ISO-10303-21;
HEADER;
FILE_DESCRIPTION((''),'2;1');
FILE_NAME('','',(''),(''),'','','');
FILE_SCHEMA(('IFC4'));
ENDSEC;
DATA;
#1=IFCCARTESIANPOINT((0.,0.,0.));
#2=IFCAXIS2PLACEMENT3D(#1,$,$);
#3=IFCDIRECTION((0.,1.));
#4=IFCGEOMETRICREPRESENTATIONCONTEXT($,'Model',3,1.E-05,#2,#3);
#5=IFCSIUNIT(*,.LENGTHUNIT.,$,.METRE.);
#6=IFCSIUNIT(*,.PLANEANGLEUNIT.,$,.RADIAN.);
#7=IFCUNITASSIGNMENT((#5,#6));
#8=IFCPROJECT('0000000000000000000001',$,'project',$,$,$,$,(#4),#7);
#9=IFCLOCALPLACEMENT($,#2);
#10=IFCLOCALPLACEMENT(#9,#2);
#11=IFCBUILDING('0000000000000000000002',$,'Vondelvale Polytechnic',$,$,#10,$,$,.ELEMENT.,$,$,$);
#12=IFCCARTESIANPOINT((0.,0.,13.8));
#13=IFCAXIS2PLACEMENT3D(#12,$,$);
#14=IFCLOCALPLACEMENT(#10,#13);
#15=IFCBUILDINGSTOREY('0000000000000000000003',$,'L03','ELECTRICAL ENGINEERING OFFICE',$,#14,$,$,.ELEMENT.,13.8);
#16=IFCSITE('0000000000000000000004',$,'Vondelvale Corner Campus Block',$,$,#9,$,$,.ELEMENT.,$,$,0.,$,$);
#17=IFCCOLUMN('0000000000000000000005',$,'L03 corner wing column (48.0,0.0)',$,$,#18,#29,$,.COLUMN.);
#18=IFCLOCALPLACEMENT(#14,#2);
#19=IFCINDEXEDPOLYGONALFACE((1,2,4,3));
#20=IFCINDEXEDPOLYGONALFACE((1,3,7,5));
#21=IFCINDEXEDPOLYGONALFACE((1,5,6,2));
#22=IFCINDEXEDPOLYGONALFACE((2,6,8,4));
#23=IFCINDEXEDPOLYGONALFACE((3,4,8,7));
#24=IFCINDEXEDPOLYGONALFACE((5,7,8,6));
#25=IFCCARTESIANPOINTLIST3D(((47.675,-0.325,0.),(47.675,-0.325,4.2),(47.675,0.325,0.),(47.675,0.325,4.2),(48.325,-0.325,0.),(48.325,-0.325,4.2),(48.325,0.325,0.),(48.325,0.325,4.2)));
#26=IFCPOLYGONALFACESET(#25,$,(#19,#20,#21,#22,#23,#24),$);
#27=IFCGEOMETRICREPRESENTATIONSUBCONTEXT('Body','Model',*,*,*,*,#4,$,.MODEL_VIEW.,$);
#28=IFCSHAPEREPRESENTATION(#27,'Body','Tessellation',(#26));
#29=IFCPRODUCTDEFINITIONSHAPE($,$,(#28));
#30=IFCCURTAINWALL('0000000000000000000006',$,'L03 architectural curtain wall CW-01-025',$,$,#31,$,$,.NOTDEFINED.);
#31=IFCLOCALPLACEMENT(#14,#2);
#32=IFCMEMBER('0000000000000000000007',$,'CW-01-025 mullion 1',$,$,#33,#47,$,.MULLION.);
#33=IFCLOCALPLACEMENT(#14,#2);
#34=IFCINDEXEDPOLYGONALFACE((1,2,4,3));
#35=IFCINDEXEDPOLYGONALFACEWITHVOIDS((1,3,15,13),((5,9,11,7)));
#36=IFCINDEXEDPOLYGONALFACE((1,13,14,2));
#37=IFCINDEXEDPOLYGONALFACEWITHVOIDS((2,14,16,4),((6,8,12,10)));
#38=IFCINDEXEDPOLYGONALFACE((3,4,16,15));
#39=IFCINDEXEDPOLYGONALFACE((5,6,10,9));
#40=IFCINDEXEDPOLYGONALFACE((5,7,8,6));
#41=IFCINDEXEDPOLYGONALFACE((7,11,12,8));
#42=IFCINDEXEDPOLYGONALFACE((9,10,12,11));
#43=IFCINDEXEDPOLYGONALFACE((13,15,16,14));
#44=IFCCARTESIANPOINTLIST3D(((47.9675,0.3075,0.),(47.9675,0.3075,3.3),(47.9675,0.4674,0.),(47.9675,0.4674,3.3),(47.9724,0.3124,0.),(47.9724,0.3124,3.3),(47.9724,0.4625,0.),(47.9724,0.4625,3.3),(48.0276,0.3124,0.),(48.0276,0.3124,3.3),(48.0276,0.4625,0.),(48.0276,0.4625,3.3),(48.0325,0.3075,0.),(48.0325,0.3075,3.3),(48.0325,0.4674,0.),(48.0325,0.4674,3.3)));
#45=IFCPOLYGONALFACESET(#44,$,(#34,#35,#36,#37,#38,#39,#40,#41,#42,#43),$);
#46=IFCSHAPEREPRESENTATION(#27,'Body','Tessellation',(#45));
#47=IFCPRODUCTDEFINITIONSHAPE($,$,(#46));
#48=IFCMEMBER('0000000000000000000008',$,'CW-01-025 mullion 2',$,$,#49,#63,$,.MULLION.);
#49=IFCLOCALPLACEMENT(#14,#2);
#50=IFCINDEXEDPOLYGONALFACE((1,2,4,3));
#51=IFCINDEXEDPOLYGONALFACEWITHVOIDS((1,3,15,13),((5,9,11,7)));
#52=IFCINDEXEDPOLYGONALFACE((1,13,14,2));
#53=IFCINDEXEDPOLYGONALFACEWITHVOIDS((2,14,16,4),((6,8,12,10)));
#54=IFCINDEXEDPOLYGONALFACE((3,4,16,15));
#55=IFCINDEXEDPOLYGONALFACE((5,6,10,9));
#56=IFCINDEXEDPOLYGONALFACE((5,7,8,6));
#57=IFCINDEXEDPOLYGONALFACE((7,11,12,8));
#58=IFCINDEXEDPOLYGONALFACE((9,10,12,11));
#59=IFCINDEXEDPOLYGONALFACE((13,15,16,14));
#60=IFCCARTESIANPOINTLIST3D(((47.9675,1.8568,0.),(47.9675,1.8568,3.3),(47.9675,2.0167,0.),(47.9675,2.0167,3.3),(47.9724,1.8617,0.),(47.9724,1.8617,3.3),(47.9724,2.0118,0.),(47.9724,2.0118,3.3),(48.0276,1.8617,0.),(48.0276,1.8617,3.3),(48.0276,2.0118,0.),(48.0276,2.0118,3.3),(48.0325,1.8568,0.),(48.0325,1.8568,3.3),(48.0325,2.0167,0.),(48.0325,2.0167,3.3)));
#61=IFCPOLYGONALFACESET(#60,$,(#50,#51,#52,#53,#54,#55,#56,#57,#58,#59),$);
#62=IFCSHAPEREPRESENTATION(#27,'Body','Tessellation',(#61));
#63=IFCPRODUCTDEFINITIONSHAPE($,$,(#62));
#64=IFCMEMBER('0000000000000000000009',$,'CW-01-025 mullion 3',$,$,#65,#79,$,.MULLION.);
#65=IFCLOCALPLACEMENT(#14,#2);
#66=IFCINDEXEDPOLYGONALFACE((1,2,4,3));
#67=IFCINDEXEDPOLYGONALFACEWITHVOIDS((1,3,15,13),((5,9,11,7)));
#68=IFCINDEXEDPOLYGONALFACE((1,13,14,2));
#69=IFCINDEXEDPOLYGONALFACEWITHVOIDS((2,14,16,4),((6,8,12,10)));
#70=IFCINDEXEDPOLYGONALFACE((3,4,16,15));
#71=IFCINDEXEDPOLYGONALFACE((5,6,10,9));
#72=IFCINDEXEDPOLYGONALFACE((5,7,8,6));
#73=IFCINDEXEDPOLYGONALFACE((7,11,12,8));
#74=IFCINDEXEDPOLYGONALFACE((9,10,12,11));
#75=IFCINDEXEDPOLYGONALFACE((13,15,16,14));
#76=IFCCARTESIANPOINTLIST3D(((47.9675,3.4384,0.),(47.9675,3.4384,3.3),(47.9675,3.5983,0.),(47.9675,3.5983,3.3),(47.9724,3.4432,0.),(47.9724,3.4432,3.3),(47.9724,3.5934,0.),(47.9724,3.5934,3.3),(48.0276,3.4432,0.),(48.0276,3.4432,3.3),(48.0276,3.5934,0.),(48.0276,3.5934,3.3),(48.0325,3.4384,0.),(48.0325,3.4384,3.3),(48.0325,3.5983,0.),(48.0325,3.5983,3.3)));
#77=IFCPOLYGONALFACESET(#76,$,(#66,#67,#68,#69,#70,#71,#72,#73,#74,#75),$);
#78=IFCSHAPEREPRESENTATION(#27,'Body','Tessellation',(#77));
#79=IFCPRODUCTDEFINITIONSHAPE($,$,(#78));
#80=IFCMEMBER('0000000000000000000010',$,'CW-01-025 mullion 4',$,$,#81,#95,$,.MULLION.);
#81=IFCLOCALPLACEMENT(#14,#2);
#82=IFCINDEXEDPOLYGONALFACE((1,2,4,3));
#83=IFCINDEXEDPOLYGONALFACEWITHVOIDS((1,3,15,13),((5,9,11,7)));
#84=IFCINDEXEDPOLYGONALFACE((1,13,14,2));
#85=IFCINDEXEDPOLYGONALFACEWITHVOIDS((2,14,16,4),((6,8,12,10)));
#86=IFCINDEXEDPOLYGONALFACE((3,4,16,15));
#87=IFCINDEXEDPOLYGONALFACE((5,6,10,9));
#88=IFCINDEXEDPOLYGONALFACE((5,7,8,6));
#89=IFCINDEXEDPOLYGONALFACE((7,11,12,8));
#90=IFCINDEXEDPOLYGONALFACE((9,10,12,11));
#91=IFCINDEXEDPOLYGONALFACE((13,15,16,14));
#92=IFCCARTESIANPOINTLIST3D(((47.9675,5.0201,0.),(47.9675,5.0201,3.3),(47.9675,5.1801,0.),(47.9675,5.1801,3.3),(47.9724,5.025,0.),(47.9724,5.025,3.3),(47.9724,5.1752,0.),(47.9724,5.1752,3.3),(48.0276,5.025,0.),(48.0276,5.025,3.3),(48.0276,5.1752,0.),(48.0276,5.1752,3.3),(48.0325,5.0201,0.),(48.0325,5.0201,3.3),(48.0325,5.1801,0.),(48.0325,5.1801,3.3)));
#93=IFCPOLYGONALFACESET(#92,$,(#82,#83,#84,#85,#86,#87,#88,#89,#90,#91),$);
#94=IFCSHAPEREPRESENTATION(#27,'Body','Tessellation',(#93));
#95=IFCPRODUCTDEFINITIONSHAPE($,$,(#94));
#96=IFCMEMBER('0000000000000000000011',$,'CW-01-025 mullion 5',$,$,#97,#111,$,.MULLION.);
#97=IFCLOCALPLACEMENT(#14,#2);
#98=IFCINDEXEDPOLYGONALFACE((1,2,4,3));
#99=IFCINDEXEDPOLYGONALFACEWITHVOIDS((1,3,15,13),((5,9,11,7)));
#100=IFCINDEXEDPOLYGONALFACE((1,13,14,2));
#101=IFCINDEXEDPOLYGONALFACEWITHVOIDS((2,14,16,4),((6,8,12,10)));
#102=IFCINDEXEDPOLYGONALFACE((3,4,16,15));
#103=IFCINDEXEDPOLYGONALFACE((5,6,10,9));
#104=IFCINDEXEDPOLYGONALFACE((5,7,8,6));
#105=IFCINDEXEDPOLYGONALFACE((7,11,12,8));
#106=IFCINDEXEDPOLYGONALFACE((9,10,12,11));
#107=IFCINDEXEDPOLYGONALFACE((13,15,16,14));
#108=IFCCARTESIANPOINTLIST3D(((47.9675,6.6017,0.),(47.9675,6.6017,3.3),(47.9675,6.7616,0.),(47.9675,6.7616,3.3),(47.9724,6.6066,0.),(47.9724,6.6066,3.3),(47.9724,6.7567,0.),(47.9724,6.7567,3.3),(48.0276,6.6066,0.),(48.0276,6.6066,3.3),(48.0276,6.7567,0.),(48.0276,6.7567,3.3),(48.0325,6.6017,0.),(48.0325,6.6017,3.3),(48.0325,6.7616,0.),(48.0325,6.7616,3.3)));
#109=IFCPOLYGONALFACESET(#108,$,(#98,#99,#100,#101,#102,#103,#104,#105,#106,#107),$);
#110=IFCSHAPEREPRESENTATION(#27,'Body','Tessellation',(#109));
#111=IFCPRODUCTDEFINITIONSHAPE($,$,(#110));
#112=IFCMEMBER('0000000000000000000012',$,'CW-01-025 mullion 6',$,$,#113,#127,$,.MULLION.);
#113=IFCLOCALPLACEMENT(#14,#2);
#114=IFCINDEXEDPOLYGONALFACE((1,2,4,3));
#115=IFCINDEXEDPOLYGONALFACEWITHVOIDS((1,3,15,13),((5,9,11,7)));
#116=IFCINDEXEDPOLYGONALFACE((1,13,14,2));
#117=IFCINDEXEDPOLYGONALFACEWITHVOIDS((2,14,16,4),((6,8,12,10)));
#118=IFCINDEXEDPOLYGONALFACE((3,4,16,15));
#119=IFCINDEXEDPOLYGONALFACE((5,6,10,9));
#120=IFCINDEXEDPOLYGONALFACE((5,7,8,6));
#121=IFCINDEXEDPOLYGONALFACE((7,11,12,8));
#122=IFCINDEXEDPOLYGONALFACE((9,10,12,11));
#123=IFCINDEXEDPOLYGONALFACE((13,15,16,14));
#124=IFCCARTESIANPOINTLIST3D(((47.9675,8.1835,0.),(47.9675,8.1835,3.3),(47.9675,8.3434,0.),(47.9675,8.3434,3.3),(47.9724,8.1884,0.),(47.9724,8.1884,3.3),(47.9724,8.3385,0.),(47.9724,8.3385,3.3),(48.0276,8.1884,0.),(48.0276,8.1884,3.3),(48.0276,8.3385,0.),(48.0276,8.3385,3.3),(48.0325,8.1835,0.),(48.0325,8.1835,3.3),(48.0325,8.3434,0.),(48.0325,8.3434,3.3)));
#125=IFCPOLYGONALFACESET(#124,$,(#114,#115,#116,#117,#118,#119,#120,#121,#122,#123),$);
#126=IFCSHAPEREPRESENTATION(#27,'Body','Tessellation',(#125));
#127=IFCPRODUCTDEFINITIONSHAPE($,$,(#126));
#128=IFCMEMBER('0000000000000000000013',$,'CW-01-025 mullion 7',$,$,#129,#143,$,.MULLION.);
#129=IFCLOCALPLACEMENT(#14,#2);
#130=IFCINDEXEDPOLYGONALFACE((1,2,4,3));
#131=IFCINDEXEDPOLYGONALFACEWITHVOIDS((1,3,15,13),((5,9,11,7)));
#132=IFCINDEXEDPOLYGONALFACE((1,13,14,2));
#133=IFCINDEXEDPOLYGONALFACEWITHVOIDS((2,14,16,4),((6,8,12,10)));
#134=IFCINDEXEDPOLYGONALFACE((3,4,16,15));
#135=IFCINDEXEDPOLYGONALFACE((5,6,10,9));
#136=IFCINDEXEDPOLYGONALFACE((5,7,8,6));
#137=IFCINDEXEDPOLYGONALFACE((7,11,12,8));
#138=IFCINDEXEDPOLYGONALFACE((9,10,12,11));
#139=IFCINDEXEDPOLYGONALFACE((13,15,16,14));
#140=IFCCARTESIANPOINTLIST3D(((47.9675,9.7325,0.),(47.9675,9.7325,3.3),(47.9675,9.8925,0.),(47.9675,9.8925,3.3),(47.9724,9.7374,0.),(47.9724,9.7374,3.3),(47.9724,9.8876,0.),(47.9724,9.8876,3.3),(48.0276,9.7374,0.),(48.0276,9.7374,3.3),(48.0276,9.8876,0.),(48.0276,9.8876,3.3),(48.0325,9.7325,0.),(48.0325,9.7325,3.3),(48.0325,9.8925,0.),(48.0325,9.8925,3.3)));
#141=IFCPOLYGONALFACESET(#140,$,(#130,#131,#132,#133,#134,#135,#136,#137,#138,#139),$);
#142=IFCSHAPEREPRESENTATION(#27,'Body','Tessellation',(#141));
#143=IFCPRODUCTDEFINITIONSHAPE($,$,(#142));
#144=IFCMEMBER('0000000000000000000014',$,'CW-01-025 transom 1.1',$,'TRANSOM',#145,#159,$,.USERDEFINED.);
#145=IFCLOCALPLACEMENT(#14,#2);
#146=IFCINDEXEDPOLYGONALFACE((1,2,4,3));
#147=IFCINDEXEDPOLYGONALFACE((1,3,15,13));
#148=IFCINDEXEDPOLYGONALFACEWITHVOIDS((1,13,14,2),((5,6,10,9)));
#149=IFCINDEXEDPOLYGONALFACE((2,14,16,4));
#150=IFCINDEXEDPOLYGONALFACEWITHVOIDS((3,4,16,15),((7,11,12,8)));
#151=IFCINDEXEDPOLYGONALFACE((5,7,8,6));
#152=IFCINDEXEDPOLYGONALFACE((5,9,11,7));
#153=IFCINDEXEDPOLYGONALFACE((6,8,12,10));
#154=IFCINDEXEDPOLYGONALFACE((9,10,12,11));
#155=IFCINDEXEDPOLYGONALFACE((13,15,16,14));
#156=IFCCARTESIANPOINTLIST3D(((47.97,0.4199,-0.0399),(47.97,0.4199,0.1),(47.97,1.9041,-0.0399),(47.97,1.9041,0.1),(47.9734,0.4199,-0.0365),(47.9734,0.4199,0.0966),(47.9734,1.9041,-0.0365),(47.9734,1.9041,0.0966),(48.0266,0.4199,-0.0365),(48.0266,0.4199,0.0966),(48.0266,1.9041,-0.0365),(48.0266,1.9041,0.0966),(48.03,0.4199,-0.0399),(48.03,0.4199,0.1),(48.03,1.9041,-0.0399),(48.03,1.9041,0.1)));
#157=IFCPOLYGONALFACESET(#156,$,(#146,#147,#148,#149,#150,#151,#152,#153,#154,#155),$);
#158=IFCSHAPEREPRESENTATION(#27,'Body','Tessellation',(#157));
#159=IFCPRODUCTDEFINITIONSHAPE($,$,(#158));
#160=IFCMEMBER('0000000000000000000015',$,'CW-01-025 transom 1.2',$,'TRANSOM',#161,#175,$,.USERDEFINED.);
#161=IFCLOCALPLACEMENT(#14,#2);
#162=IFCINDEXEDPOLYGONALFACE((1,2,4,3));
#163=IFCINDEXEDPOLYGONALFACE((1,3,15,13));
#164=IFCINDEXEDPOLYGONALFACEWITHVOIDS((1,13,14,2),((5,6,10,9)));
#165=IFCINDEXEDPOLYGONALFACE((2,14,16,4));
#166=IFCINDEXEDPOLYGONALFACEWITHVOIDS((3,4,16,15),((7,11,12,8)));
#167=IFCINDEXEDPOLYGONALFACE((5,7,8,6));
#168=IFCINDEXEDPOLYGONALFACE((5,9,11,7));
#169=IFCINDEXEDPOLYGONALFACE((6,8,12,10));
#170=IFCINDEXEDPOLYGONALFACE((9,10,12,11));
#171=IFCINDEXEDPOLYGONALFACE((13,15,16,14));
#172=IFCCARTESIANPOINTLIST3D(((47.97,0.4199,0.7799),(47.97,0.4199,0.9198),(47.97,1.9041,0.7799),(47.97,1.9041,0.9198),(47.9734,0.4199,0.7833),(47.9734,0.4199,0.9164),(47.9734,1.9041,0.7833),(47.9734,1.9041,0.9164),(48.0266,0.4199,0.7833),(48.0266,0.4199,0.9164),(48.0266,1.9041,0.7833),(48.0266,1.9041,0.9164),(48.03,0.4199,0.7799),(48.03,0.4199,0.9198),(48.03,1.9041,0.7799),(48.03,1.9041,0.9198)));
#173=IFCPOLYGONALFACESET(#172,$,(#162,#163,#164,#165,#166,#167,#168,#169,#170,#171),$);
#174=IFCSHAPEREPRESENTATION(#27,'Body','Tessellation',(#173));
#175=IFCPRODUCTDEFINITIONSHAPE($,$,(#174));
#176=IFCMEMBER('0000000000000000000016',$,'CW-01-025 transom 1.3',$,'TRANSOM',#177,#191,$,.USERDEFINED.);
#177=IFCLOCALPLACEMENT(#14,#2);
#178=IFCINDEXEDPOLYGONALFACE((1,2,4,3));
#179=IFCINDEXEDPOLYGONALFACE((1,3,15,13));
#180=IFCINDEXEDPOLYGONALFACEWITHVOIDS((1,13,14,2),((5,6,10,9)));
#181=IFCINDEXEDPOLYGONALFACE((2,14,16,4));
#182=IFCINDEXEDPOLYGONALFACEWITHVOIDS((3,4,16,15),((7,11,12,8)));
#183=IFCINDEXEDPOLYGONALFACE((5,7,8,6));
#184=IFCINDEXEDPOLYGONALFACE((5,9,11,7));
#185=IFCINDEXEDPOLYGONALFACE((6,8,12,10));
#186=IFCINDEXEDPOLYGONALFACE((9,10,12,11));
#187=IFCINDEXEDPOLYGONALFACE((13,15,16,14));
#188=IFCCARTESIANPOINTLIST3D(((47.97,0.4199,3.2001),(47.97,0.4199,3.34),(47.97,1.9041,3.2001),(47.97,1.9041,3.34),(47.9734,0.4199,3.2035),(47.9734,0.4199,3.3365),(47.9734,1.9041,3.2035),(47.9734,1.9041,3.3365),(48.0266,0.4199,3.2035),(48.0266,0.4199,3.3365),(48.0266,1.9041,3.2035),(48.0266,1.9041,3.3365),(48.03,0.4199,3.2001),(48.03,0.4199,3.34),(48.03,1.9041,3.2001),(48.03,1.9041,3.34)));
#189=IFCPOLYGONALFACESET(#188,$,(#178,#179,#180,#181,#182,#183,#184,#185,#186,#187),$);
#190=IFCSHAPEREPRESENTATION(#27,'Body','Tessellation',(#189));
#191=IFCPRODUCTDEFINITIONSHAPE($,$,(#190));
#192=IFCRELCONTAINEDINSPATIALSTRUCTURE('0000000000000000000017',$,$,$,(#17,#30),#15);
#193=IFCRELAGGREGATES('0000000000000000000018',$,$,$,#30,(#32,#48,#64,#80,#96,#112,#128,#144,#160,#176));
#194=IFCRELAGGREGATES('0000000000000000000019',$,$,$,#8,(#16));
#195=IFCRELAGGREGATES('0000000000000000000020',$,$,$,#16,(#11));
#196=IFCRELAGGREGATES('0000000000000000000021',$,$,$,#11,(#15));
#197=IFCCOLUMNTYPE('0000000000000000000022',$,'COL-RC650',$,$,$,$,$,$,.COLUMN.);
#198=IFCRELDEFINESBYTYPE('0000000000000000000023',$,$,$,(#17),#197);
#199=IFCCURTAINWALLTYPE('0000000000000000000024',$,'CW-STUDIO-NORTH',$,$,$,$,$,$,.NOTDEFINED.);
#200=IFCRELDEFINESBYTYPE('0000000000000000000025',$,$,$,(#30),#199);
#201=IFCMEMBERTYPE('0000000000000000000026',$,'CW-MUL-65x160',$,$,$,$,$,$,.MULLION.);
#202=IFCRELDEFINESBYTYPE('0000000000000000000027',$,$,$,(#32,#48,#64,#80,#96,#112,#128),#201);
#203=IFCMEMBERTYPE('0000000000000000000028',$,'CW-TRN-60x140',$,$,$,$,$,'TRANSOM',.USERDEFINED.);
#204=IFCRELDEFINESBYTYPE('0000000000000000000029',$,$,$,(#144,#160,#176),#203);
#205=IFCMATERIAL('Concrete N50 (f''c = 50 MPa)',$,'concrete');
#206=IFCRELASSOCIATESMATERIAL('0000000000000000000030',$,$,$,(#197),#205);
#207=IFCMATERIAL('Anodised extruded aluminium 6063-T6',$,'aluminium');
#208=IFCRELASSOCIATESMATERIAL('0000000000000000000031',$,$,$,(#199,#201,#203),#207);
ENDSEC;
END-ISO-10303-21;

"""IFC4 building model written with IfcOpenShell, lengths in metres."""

from ifc_helpers import new_model, si_unit, direction, frame, origin, origin_2d, place, context, subcontext, project, spatial, rectangle, hollow_rectangle, extrude, material, material_profile, profile_set, type_object, element, aggregate, save


model = new_model("IFC4")

# Units and contexts
model_context = context("Model", 3, precision=1e-05, world=origin(), true_north=direction((0.0, 1.0)))
body_context = subcontext(model_context, "Body", "Model", "MODEL_VIEW")
ifc_project = project(units=[si_unit("LENGTHUNIT", "METRE"), si_unit("PLANEANGLEUNIT", "RADIAN")], contexts=[model_context])

# Site, building, storey
site_placement = place(None, origin())
site = spatial("IfcSite", under=ifc_project, at=site_placement, Name="Vondelvale Corner Campus Block", CompositionType="ELEMENT", RefElevation=0.0)
building_placement = place(site_placement, origin())
building = spatial("IfcBuilding", under=site, at=building_placement, Name="Vondelvale Polytechnic", CompositionType="ELEMENT")
storey_placement = place(building_placement, frame((0.0, 0.0, 13.8)))
storey = spatial("IfcBuildingStorey", under=building, at=storey_placement, Name="L03", Description="ELECTRICAL ENGINEERING OFFICE", CompositionType="ELEMENT", Elevation=13.8)

# Column
ifc_material_1 = material(Name="Concrete N50 (f'c = 50 MPa)", Category="concrete")
ifc_material_profile_1 = material_profile(ifc_material_1, rectangle(XDim=0.6499, YDim=0.6499, at=origin_2d()), Name="RC-COL-650x650")
ifc_profile_set_1 = profile_set([ifc_material_profile_1], Name="Concrete N50 (f'c = 50 MPa)")
column_type = type_object("IfcColumnType", Name="COL-RC650", PredefinedType="COLUMN", material=ifc_profile_set_1)
column_placement = place(storey_placement, frame((48.0, 0.0, 0.0), z_axis=(0.0, 0.0, 1.0), x_axis=(1.0, 0.0, 0.0)))
element("IfcColumn", 1, at=column_placement, inside=storey, type_object=column_type, Name="L03 corner wing column (48.0,0.0)", PredefinedType="COLUMN", context=body_context, shape_type="SweptSolid", body=[
    extrude(rectangle(XDim=0.6499, YDim=0.6499, at=origin_2d()), origin(), (0.0, 0.0, 1.0), 4.2),
])

# Curtain wall, members
ifc_material_2 = material(Name="Anodised extruded aluminium 6063-T6", Category="aluminium")
curtain_wall_type = type_object("IfcCurtainWallType", Name="CW-STUDIO-NORTH", PredefinedType="NOTDEFINED", material=ifc_material_2)
curtain_wall_placement = place(storey_placement, origin())
curtain_wall = element("IfcCurtainWall", 2, at=curtain_wall_placement, inside=storey, type_object=curtain_wall_type, Name="L03 architectural curtain wall CW-01-025", PredefinedType="NOTDEFINED")
ifc_material_profile_2 = material_profile(ifc_material_2, hollow_rectangle(XDim=0.0649, YDim=0.1599, WallThickness=0.0049, at=origin_2d()), Name="CW-MUL-160x65")
ifc_profile_set_2 = profile_set([ifc_material_profile_2], Name="Anodised extruded aluminium 6063-T6")
member_type_1 = type_object("IfcMemberType", Name="CW-MUL-65x160", PredefinedType="MULLION", material=ifc_profile_set_2)
member_1_placement = place(storey_placement, frame((48.0, 0.3875, 0.0), z_axis=(0.0, 0.0, 1.0), x_axis=(-1.0, 0.0, 0.0)))
member_1 = element("IfcMember", 3, at=member_1_placement, type_object=member_type_1, Name="CW-01-025 mullion 1", PredefinedType="MULLION", context=body_context, shape_type="SweptSolid", body=[
    extrude(hollow_rectangle(XDim=0.0649, YDim=0.1599, WallThickness=0.0049, at=origin_2d()), origin(), (0.0, 0.0, 1.0), 3.3),
])
member_2_placement = place(storey_placement, frame((48.0, 1.9368, 0.0), z_axis=(0.0, 0.0, 1.0), x_axis=(-1.0, 0.0, 0.0)))
member_2 = element("IfcMember", 4, at=member_2_placement, type_object=member_type_1, Name="CW-01-025 mullion 2", PredefinedType="MULLION", context=body_context, shape_type="SweptSolid", body=[
    extrude(hollow_rectangle(XDim=0.0649, YDim=0.1599, WallThickness=0.0049, at=origin_2d()), origin(), (0.0, 0.0, 1.0), 3.3),
])
member_3_placement = place(storey_placement, frame((48.0, 3.5183, 0.0), z_axis=(0.0, 0.0, 1.0), x_axis=(-1.0, 0.0, 0.0)))
member_3 = element("IfcMember", 5, at=member_3_placement, type_object=member_type_1, Name="CW-01-025 mullion 3", PredefinedType="MULLION", context=body_context, shape_type="SweptSolid", body=[
    extrude(hollow_rectangle(XDim=0.0649, YDim=0.1599, WallThickness=0.0049, at=origin_2d()), origin(), (0.0, 0.0, 1.0), 3.3),
])
member_4_placement = place(storey_placement, frame((48.0, 5.1001, 0.0), z_axis=(0.0, 0.0, 1.0), x_axis=(-1.0, 0.0, 0.0)))
member_4 = element("IfcMember", 6, at=member_4_placement, type_object=member_type_1, Name="CW-01-025 mullion 4", PredefinedType="MULLION", context=body_context, shape_type="SweptSolid", body=[
    extrude(hollow_rectangle(XDim=0.0649, YDim=0.1599, WallThickness=0.0049, at=origin_2d()), origin(), (0.0, 0.0, 1.0), 3.3),
])
member_5_placement = place(storey_placement, frame((48.0, 6.6816, 0.0), z_axis=(0.0, 0.0, 1.0), x_axis=(-1.0, 0.0, 0.0)))
member_5 = element("IfcMember", 7, at=member_5_placement, type_object=member_type_1, Name="CW-01-025 mullion 5", PredefinedType="MULLION", context=body_context, shape_type="SweptSolid", body=[
    extrude(hollow_rectangle(XDim=0.0649, YDim=0.1599, WallThickness=0.0049, at=origin_2d()), origin(), (0.0, 0.0, 1.0), 3.3),
])
member_6_placement = place(storey_placement, frame((48.0, 8.2634, 0.0), z_axis=(0.0, 0.0, 1.0), x_axis=(-1.0, 0.0, 0.0)))
member_6 = element("IfcMember", 8, at=member_6_placement, type_object=member_type_1, Name="CW-01-025 mullion 6", PredefinedType="MULLION", context=body_context, shape_type="SweptSolid", body=[
    extrude(hollow_rectangle(XDim=0.0649, YDim=0.1599, WallThickness=0.0049, at=origin_2d()), origin(), (0.0, 0.0, 1.0), 3.3),
])
member_7_placement = place(storey_placement, frame((48.0, 9.8125, 0.0), z_axis=(0.0, 0.0, 1.0), x_axis=(-1.0, 0.0, 0.0)))
member_7 = element("IfcMember", 9, at=member_7_placement, type_object=member_type_1, Name="CW-01-025 mullion 7", PredefinedType="MULLION", context=body_context, shape_type="SweptSolid", body=[
    extrude(hollow_rectangle(XDim=0.0649, YDim=0.1599, WallThickness=0.0049, at=origin_2d()), origin(), (0.0, 0.0, 1.0), 3.3),
])
ifc_material_profile_3 = material_profile(ifc_material_2, hollow_rectangle(XDim=0.0601, YDim=0.1399, WallThickness=0.0034, at=origin_2d()), Name="CW-TRN-140x60")
ifc_profile_set_3 = profile_set([ifc_material_profile_3], Name="Anodised extruded aluminium 6063-T6")
member_type_2 = type_object("IfcMemberType", Name="CW-TRN-60x140", ElementType="TRANSOM", PredefinedType="USERDEFINED", material=ifc_profile_set_3)
member_8_placement = place(storey_placement, frame((48.0, 0.4199, 0.03), z_axis=(0.0, 1.0, 0.0), x_axis=(-1.0, 0.0, 0.0)))
member_8 = element("IfcMember", 10, at=member_8_placement, type_object=member_type_2, Name="CW-01-025 transom 1.1", ObjectType="TRANSOM", PredefinedType="USERDEFINED", context=body_context, shape_type="SweptSolid", body=[
    extrude(hollow_rectangle(XDim=0.0601, YDim=0.1399, WallThickness=0.0034, at=origin_2d()), origin(), (0.0, 0.0, 1.0), 1.4841),
])
member_9_placement = place(storey_placement, frame((48.0, 0.4199, 0.8499), z_axis=(0.0, 1.0, 0.0), x_axis=(-1.0, 0.0, 0.0)))
member_9 = element("IfcMember", 11, at=member_9_placement, type_object=member_type_2, Name="CW-01-025 transom 1.2", ObjectType="TRANSOM", PredefinedType="USERDEFINED", context=body_context, shape_type="SweptSolid", body=[
    extrude(hollow_rectangle(XDim=0.0601, YDim=0.1399, WallThickness=0.0034, at=origin_2d()), origin(), (0.0, 0.0, 1.0), 1.4841),
])
member_10_placement = place(storey_placement, frame((48.0, 0.4199, 3.27), z_axis=(0.0, 1.0, 0.0), x_axis=(-1.0, 0.0, 0.0)))
member_10 = element("IfcMember", 12, at=member_10_placement, type_object=member_type_2, Name="CW-01-025 transom 1.3", ObjectType="TRANSOM", PredefinedType="USERDEFINED", context=body_context, shape_type="SweptSolid", body=[
    extrude(hollow_rectangle(XDim=0.0601, YDim=0.1399, WallThickness=0.0034, at=origin_2d()), origin(), (0.0, 0.0, 1.0), 1.4841),
])

aggregate(curtain_wall, [member_1, member_2, member_3, member_4, member_5, member_6, member_7, member_8, member_9, member_10])

save(model, "model.ifc")
